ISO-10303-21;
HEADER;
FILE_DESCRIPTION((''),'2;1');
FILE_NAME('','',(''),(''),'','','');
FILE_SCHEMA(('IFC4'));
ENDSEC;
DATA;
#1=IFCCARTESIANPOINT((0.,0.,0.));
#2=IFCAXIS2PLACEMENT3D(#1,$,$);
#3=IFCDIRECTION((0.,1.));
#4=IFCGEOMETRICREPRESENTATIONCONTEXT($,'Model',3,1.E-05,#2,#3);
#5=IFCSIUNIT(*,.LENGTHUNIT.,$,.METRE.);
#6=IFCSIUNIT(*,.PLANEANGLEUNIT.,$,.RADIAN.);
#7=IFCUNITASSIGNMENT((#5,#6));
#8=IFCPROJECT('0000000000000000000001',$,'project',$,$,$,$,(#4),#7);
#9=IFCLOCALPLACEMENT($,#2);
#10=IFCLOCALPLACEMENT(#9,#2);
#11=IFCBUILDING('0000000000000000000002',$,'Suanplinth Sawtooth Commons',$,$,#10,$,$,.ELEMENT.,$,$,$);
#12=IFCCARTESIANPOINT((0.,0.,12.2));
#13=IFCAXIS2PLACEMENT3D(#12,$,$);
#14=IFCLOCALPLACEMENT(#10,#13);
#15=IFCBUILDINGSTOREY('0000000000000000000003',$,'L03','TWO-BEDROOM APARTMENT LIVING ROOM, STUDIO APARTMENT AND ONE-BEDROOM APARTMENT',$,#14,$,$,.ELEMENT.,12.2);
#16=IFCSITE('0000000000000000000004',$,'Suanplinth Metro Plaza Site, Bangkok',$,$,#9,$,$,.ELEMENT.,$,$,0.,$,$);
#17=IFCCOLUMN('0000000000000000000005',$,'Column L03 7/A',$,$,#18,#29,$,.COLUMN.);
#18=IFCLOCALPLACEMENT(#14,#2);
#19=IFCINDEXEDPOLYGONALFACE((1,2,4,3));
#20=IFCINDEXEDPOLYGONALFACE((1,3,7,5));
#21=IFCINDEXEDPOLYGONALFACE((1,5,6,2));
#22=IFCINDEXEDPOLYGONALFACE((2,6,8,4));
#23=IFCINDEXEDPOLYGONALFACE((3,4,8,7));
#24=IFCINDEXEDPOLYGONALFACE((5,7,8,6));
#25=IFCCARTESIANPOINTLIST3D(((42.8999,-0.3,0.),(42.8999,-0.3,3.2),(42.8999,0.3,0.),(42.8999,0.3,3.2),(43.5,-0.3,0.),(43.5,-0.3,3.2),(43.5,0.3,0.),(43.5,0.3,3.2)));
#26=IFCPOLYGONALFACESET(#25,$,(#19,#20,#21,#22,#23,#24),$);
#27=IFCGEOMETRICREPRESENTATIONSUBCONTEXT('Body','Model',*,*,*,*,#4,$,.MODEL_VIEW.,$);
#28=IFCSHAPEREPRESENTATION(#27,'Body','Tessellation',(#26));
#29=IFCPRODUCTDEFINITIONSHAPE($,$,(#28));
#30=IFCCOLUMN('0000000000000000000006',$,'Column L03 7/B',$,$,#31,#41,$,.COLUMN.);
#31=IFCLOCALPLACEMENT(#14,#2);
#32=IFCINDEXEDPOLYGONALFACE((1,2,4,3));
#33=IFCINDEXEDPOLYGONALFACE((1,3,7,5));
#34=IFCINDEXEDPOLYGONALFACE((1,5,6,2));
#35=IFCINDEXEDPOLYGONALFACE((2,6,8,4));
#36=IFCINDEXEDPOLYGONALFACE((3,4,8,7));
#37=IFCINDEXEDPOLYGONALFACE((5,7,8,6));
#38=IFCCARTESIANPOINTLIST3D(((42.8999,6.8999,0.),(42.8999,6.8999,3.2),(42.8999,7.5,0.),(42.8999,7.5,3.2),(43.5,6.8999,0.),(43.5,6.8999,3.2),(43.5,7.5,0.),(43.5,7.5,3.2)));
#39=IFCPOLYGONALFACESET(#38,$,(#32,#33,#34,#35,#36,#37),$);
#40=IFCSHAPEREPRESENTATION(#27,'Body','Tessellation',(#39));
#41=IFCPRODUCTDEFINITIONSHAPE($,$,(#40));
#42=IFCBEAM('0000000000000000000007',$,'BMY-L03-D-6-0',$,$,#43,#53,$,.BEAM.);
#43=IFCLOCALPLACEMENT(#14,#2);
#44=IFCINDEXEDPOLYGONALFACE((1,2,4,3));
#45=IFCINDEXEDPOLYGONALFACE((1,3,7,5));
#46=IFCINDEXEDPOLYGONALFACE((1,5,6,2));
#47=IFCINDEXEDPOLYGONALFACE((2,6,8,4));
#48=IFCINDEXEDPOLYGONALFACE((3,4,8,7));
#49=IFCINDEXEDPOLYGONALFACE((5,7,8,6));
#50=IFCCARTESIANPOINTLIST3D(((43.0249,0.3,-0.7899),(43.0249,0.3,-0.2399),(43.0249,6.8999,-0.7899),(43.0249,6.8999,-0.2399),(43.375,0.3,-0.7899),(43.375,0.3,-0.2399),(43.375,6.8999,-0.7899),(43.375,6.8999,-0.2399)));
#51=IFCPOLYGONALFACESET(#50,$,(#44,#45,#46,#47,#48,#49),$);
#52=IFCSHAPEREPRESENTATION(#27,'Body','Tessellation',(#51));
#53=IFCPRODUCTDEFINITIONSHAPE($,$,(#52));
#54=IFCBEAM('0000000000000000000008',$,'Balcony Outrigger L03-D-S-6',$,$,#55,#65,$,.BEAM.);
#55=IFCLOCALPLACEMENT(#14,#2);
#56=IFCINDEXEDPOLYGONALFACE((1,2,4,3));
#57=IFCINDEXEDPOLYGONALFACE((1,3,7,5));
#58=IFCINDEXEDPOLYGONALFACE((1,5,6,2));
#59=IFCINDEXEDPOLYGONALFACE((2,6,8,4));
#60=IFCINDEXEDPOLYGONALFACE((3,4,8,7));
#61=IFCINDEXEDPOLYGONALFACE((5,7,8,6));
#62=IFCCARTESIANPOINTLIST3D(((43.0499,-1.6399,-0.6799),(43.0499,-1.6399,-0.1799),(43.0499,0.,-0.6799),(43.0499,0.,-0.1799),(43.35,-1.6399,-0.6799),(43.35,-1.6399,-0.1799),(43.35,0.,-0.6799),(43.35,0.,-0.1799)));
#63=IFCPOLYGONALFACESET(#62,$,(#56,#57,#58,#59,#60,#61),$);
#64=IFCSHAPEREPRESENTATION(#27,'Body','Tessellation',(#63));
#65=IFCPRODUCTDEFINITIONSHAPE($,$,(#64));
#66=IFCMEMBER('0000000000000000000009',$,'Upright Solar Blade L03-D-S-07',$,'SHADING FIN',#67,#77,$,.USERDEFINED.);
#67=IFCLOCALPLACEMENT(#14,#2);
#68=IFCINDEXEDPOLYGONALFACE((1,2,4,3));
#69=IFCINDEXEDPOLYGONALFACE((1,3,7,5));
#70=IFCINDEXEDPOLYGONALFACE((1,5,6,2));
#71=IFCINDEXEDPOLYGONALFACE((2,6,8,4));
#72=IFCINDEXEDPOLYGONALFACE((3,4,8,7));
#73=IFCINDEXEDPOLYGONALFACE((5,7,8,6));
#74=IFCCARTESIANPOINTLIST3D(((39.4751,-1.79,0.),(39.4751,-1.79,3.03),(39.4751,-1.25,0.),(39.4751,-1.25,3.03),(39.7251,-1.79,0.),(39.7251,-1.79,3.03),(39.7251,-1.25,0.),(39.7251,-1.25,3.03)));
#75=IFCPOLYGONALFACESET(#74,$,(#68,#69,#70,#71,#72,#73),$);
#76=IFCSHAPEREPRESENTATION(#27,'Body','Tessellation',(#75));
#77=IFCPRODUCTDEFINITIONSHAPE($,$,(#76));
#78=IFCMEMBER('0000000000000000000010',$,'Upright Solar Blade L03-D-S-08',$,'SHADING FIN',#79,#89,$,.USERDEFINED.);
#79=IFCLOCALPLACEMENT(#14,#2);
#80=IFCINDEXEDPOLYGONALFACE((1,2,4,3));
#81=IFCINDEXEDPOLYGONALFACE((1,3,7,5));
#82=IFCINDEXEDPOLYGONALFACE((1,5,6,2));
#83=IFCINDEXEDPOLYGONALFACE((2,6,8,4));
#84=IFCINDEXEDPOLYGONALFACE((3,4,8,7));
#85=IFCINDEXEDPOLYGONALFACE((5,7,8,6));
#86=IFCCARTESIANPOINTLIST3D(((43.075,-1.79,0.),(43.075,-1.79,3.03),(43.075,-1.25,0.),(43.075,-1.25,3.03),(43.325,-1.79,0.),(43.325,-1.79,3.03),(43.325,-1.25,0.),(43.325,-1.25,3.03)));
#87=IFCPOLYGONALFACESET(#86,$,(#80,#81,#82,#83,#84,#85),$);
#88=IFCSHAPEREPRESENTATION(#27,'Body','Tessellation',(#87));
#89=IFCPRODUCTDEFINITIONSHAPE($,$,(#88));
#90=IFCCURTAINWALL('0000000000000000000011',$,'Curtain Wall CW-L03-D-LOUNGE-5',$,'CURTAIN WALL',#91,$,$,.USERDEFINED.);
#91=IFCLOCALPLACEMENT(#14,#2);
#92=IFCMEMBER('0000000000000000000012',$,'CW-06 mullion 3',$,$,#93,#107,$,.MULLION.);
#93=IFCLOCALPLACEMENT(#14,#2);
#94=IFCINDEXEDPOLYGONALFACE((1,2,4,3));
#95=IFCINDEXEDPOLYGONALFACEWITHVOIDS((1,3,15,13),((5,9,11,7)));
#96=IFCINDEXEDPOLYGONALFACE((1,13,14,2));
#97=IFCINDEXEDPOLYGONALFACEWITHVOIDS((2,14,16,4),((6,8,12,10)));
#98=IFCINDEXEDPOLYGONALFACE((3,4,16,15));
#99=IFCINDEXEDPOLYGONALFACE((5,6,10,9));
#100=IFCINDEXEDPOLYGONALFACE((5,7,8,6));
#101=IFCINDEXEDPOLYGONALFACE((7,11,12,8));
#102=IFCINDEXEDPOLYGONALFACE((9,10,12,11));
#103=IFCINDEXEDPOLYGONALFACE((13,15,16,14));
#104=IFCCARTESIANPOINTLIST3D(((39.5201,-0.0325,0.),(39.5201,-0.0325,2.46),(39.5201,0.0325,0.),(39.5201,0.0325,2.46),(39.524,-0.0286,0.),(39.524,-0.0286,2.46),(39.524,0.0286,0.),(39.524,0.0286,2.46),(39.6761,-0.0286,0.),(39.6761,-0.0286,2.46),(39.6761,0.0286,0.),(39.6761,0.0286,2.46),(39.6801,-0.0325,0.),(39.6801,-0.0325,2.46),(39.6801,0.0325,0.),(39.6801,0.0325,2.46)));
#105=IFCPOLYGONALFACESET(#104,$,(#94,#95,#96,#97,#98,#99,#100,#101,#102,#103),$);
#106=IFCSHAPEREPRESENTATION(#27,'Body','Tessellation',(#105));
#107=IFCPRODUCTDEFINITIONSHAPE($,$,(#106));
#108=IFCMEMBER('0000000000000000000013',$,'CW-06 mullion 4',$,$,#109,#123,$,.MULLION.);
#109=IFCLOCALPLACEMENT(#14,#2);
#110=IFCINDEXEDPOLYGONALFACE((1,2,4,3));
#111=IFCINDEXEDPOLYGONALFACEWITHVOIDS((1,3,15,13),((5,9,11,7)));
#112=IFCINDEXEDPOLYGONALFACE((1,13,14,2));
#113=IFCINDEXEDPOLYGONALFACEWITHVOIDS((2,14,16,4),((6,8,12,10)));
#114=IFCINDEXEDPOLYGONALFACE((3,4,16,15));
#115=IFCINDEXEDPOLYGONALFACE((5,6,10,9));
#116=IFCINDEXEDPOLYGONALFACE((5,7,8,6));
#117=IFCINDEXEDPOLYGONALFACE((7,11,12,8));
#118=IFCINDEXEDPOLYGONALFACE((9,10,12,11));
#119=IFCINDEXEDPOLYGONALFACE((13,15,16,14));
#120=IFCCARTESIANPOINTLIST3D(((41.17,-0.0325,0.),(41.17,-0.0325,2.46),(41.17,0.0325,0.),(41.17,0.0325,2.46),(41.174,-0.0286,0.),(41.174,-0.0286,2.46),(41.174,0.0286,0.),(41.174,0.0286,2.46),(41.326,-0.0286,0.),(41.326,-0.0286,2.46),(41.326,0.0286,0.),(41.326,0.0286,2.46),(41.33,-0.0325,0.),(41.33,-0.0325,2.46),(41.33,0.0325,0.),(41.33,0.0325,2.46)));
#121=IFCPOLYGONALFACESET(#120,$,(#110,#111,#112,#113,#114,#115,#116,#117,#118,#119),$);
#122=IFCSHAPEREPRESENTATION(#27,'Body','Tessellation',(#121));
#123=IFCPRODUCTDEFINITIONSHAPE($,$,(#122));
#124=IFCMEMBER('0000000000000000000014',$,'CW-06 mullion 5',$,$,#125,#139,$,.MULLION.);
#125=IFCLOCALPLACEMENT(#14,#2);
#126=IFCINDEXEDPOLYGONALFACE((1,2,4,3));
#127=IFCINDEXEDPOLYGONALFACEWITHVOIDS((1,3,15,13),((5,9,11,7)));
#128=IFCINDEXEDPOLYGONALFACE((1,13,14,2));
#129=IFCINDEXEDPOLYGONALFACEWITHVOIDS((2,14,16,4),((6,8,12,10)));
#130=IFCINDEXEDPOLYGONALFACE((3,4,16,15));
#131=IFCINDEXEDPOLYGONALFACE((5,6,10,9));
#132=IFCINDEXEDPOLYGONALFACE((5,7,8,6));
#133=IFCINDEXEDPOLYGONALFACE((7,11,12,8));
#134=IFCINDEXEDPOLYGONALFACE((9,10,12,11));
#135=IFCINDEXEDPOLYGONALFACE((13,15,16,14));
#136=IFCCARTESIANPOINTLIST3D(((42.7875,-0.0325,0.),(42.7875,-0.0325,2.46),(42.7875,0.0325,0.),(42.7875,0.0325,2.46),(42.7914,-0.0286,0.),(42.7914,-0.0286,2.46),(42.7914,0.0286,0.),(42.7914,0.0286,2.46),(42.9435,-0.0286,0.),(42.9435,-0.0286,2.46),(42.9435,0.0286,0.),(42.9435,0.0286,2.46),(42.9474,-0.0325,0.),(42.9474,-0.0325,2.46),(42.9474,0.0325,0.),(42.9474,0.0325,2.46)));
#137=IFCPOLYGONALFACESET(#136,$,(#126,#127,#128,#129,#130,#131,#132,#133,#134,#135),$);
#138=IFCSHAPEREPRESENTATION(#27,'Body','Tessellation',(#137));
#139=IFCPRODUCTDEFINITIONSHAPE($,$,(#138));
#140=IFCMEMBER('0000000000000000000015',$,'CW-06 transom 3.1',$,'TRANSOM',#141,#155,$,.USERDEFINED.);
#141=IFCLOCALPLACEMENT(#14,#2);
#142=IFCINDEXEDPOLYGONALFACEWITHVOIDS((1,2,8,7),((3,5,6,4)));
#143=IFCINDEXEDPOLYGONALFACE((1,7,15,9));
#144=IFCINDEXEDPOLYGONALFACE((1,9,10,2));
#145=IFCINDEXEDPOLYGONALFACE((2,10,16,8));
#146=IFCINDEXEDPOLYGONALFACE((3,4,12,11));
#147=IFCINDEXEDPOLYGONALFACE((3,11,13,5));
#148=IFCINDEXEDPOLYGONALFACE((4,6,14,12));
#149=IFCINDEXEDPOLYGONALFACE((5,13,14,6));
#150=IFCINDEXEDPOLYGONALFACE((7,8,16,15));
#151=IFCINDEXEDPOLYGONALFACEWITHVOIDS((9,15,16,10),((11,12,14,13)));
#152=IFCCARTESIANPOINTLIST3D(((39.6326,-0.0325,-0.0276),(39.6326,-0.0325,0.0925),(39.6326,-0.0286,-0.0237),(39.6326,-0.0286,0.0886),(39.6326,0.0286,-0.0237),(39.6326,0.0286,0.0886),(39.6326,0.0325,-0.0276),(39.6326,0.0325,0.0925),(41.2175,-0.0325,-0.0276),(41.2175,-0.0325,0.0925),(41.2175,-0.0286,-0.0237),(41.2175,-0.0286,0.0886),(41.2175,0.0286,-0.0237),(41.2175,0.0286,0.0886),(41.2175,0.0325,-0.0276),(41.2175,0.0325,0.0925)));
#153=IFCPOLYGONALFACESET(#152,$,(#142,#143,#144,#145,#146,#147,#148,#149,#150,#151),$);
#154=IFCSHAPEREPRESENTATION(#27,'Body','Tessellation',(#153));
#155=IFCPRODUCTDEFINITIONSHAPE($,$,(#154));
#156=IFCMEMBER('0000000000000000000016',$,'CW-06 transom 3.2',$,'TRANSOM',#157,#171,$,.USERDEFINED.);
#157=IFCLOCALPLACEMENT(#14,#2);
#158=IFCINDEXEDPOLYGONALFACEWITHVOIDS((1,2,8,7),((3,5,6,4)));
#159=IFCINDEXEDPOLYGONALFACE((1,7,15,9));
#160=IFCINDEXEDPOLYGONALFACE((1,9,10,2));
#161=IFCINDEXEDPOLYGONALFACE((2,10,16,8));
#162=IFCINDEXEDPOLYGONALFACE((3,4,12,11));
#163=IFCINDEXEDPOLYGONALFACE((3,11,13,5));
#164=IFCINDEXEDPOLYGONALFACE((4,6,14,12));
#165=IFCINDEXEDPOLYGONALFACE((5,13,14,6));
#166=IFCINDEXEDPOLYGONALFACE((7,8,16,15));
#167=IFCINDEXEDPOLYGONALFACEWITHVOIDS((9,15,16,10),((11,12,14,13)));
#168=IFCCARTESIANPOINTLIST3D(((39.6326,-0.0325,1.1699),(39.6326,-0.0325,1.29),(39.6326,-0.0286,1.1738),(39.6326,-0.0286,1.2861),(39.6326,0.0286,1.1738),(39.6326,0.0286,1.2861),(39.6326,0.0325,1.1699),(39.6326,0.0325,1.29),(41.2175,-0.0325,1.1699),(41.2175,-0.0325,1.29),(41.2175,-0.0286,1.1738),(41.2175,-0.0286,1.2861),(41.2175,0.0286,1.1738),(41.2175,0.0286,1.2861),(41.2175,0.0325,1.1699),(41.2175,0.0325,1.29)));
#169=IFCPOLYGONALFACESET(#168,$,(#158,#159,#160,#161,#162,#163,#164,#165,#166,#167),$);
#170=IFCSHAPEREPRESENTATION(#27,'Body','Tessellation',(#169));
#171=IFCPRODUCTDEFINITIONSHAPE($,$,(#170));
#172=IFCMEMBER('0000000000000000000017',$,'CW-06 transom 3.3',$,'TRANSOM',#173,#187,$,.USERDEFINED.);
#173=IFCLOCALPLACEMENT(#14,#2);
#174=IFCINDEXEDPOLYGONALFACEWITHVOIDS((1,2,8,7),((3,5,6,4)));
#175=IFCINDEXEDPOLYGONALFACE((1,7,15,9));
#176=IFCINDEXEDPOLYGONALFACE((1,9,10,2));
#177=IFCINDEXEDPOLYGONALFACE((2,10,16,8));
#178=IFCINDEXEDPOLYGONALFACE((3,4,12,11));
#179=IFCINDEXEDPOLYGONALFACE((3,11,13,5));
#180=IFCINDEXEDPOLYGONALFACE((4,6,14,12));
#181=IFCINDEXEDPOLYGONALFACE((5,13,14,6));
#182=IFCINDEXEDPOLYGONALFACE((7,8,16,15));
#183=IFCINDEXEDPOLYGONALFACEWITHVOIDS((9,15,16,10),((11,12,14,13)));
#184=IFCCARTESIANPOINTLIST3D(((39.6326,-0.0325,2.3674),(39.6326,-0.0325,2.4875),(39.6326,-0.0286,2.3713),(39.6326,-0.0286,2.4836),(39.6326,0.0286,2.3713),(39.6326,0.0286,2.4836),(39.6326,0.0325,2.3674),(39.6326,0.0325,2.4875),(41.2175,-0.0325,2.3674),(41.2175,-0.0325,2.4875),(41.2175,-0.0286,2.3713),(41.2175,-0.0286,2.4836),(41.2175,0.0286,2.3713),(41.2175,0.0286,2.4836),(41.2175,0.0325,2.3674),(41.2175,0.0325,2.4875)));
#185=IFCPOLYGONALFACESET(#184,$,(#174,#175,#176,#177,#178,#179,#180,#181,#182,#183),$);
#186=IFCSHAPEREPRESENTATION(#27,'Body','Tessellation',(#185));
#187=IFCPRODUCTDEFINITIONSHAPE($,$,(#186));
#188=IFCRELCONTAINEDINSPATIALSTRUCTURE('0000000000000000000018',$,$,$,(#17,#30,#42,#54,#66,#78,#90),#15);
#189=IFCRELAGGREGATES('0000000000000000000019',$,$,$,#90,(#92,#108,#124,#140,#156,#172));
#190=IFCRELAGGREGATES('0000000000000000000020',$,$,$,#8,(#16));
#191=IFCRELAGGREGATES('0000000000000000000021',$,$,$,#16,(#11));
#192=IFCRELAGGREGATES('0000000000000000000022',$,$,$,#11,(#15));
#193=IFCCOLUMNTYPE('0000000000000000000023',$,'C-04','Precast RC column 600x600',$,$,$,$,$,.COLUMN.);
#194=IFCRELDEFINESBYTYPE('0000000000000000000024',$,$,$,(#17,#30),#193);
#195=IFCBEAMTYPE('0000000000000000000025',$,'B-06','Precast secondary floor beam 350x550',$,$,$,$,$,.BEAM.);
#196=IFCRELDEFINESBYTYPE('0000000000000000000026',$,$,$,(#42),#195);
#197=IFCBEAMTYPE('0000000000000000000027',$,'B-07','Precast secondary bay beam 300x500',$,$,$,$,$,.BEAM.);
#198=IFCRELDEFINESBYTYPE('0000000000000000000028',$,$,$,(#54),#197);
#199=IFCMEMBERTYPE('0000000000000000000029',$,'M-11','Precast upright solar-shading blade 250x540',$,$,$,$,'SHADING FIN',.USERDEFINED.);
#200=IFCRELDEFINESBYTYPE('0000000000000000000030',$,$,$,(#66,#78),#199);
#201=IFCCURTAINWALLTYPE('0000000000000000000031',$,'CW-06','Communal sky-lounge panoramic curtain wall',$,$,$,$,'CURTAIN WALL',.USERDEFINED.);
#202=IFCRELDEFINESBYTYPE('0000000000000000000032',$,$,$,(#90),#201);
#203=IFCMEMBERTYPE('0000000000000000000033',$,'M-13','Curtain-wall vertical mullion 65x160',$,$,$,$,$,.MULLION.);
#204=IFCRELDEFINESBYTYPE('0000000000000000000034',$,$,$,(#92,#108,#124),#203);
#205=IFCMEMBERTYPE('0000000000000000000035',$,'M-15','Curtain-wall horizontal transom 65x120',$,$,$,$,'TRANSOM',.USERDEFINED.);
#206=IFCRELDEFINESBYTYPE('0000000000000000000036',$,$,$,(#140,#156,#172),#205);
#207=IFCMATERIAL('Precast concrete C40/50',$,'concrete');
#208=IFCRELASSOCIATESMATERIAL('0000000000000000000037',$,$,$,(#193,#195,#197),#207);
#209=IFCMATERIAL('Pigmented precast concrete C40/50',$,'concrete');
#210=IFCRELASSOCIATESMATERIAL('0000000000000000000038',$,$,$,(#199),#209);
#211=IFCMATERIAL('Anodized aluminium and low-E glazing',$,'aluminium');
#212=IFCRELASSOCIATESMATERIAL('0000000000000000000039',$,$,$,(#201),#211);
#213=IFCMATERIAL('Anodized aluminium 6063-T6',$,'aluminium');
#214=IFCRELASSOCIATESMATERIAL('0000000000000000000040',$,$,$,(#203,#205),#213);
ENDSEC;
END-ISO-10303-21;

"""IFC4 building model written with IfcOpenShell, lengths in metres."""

from ifc_helpers import new_model, si_unit, direction, frame, origin, origin_2d, place, context, subcontext, project, spatial, rectangle, hollow_rectangle, extrude, material, material_profile, profile_set, type_object, element, aggregate, save


model = new_model("IFC4")

# Units and contexts
model_context = context("Model", 3, precision=1e-05, world=origin(), true_north=direction((0.0, 1.0)))
body_context = subcontext(model_context, "Body", "Model", "MODEL_VIEW")
ifc_project = project(units=[si_unit("LENGTHUNIT", "METRE"), si_unit("PLANEANGLEUNIT", "RADIAN")], contexts=[model_context])

# Site, building, storey
site_placement = place(None, origin())
site = spatial("IfcSite", under=ifc_project, at=site_placement, Name="Suanplinth Metro Plaza Site, Bangkok", CompositionType="ELEMENT", RefElevation=0.0)
building_placement = place(site_placement, origin())
building = spatial("IfcBuilding", under=site, at=building_placement, Name="Suanplinth Sawtooth Commons", CompositionType="ELEMENT")
storey_placement = place(building_placement, frame((0.0, 0.0, 12.2)))
storey = spatial("IfcBuildingStorey", under=building, at=storey_placement, Name="L03", Description="TWO-BEDROOM APARTMENT LIVING ROOM, STUDIO APARTMENT AND ONE-BEDROOM APARTMENT", CompositionType="ELEMENT", Elevation=12.2)

# Columns
ifc_material_1 = material(Name="Precast concrete C40/50", Category="concrete")
ifc_material_profile_1 = material_profile(ifc_material_1, rectangle(XDim=0.6001, YDim=0.6001, at=origin_2d()), Name="PC-COL 600x600")
ifc_profile_set_1 = profile_set([ifc_material_profile_1], Name="Precast concrete C40/50")
column_type = type_object("IfcColumnType", Name="C-04", Description="Precast RC column 600x600", PredefinedType="COLUMN", material=ifc_profile_set_1)
for number, where, z_axis, x_axis, name in (
    (1, (43.2, 0.0, 0.0), (0.0, 0.0, 1.0), (1.0, 0.0, 0.0), "Column L03 7/A"),
    (2, (43.2, 7.2, 0.0), (0.0, 0.0, 1.0), (1.0, 0.0, 0.0), "Column L03 7/B"),
):
    element("IfcColumn", number, at=place(storey_placement, frame(where, z_axis=z_axis, x_axis=x_axis)), inside=storey, type_object=column_type, Name=name, PredefinedType="COLUMN", context=body_context, shape_type="SweptSolid", body=[
        extrude(rectangle(XDim=0.6001, YDim=0.6001, at=origin_2d()), origin(), (0.0, 0.0, 1.0), 3.2),
    ])

# Beams
ifc_material_profile_2 = material_profile(ifc_material_1, rectangle(XDim=0.3501, YDim=0.55, at=origin_2d()), Name="PC-BM 350x550")
ifc_profile_set_2 = profile_set([ifc_material_profile_2], Name="Precast concrete C40/50")
beam_type_1 = type_object("IfcBeamType", Name="B-06", Description="Precast secondary floor beam 350x550", PredefinedType="BEAM", material=ifc_profile_set_2)
beam_1_placement = place(storey_placement, frame((43.2, 0.3, -0.5149), z_axis=(0.0, 1.0, 0.0), x_axis=(-1.0, 0.0, 0.0)))
element("IfcBeam", 3, at=beam_1_placement, inside=storey, type_object=beam_type_1, Name="BMY-L03-D-6-0", PredefinedType="BEAM", context=body_context, shape_type="SweptSolid", body=[
    extrude(rectangle(XDim=0.3501, YDim=0.55, at=origin_2d()), origin(), (0.0, 0.0, 1.0), 6.5999),
])
ifc_material_profile_3 = material_profile(ifc_material_1, rectangle(XDim=0.3, YDim=0.5, at=origin_2d()), Name="PC-BM 300x500")
ifc_profile_set_3 = profile_set([ifc_material_profile_3], Name="Precast concrete C40/50")
beam_type_2 = type_object("IfcBeamType", Name="B-07", Description="Precast secondary bay beam 300x500", PredefinedType="BEAM", material=ifc_profile_set_3)
beam_2_placement = place(storey_placement, frame((43.2, 0.0, -0.4299), z_axis=(0.0, -1.0, 0.0), x_axis=(1.0, 0.0, 0.0)))
element("IfcBeam", 4, at=beam_2_placement, inside=storey, type_object=beam_type_2, Name="Balcony Outrigger L03-D-S-6", PredefinedType="BEAM", context=body_context, shape_type="SweptSolid", body=[
    extrude(rectangle(XDim=0.3, YDim=0.5, at=origin_2d()), origin(), (0.0, 0.0, 1.0), 1.6399),
])

# Members
ifc_material_2 = material(Name="Pigmented precast concrete C40/50", Category="concrete")
ifc_material_profile_4 = material_profile(ifc_material_2, rectangle(XDim=0.25, YDim=0.54, at=origin_2d()), Name="PC-FIN 250x540")
ifc_profile_set_4 = profile_set([ifc_material_profile_4], Name="Pigmented precast concrete C40/50")
member_type_1 = type_object("IfcMemberType", Name="M-11", Description="Precast upright solar-shading blade 250x540", ElementType="SHADING FIN", PredefinedType="USERDEFINED", material=ifc_profile_set_4)
for number, where, z_axis, x_axis, name in (
    (5, (39.6001, -1.52, 0.0), (0.0, 0.0, 1.0), (1.0, 0.0, 0.0), "Upright Solar Blade L03-D-S-07"),
    (6, (43.2, -1.52, 0.0), (0.0, 0.0, 1.0), (1.0, 0.0, 0.0), "Upright Solar Blade L03-D-S-08"),
):
    element("IfcMember", number, at=place(storey_placement, frame(where, z_axis=z_axis, x_axis=x_axis)), inside=storey, type_object=member_type_1, Name=name, ObjectType="SHADING FIN", PredefinedType="USERDEFINED", context=body_context, shape_type="SweptSolid", body=[
        extrude(rectangle(XDim=0.25, YDim=0.54, at=origin_2d()), origin(), (0.0, 0.0, 1.0), 3.03),
    ])

# Curtain wall, members
ifc_material_3 = material(Name="Anodized aluminium and low-E glazing", Category="aluminium")
curtain_wall_type = type_object("IfcCurtainWallType", Name="CW-06", Description="Communal sky-lounge panoramic curtain wall", ElementType="CURTAIN WALL", PredefinedType="USERDEFINED", material=ifc_material_3)
curtain_wall_placement = place(storey_placement, origin())
curtain_wall = element("IfcCurtainWall", 7, at=curtain_wall_placement, inside=storey, type_object=curtain_wall_type, Name="Curtain Wall CW-L03-D-LOUNGE-5", ObjectType="CURTAIN WALL", PredefinedType="USERDEFINED")
ifc_material_4 = material(Name="Anodized aluminium 6063-T6", Category="aluminium")
ifc_material_profile_5 = material_profile(ifc_material_4, hollow_rectangle(XDim=0.0649, YDim=0.1599, WallThickness=0.0039, at=origin_2d()), Name="ALU-MUL 65x160")
ifc_profile_set_5 = profile_set([ifc_material_profile_5], Name="Anodized aluminium 6063-T6")
member_type_2 = type_object("IfcMemberType", Name="M-13", Description="Curtain-wall vertical mullion 65x160", PredefinedType="MULLION", material=ifc_profile_set_5)
member_1_placement = place(storey_placement, frame((39.6001, 0.0, 0.0), z_axis=(0.0, 0.0, 1.0), x_axis=(0.0, 1.0, 0.0)))
member_1 = element("IfcMember", 8, at=member_1_placement, type_object=member_type_2, Name="CW-06 mullion 3", PredefinedType="MULLION", context=body_context, shape_type="SweptSolid", body=[
    extrude(hollow_rectangle(XDim=0.0649, YDim=0.1599, WallThickness=0.0039, at=origin_2d()), origin(), (0.0, 0.0, 1.0), 2.46),
])
member_2_placement = place(storey_placement, frame((41.25, 0.0, 0.0), z_axis=(0.0, 0.0, 1.0), x_axis=(0.0, 1.0, 0.0)))
member_2 = element("IfcMember", 9, at=member_2_placement, type_object=member_type_2, Name="CW-06 mullion 4", PredefinedType="MULLION", context=body_context, shape_type="SweptSolid", body=[
    extrude(hollow_rectangle(XDim=0.0649, YDim=0.1599, WallThickness=0.0039, at=origin_2d()), origin(), (0.0, 0.0, 1.0), 2.46),
])
member_3_placement = place(storey_placement, frame((42.8674, 0.0, 0.0), z_axis=(0.0, 0.0, 1.0), x_axis=(0.0, 1.0, 0.0)))
member_3 = element("IfcMember", 10, at=member_3_placement, type_object=member_type_2, Name="CW-06 mullion 5", PredefinedType="MULLION", context=body_context, shape_type="SweptSolid", body=[
    extrude(hollow_rectangle(XDim=0.0649, YDim=0.1599, WallThickness=0.0039, at=origin_2d()), origin(), (0.0, 0.0, 1.0), 2.46),
])
ifc_material_profile_6 = material_profile(ifc_material_4, hollow_rectangle(XDim=0.0649, YDim=0.1201, WallThickness=0.0039, at=origin_2d()), Name="ALU-TRN 65x120")
ifc_profile_set_6 = profile_set([ifc_material_profile_6], Name="Anodized aluminium 6063-T6")
member_type_3 = type_object("IfcMemberType", Name="M-15", Description="Curtain-wall horizontal transom 65x120", ElementType="TRANSOM", PredefinedType="USERDEFINED", material=ifc_profile_set_6)
member_4_placement = place(storey_placement, frame((39.6326, 0.0, 0.0325), z_axis=(1.0, 0.0, 0.0), x_axis=(0.0, 1.0, 0.0)))
member_4 = element("IfcMember", 11, at=member_4_placement, type_object=member_type_3, Name="CW-06 transom 3.1", ObjectType="TRANSOM", PredefinedType="USERDEFINED", context=body_context, shape_type="SweptSolid", body=[
    extrude(hollow_rectangle(XDim=0.0649, YDim=0.1201, WallThickness=0.0039, at=origin_2d()), origin(), (0.0, 0.0, 1.0), 1.585),
])
member_5_placement = place(storey_placement, frame((39.6326, 0.0, 1.23), z_axis=(1.0, 0.0, 0.0), x_axis=(0.0, 1.0, 0.0)))
member_5 = element("IfcMember", 12, at=member_5_placement, type_object=member_type_3, Name="CW-06 transom 3.2", ObjectType="TRANSOM", PredefinedType="USERDEFINED", context=body_context, shape_type="SweptSolid", body=[
    extrude(hollow_rectangle(XDim=0.0649, YDim=0.1201, WallThickness=0.0039, at=origin_2d()), origin(), (0.0, 0.0, 1.0), 1.585),
])
member_6_placement = place(storey_placement, frame((39.6326, 0.0, 2.4275), z_axis=(1.0, 0.0, 0.0), x_axis=(0.0, 1.0, 0.0)))
member_6 = element("IfcMember", 13, at=member_6_placement, type_object=member_type_3, Name="CW-06 transom 3.3", ObjectType="TRANSOM", PredefinedType="USERDEFINED", context=body_context, shape_type="SweptSolid", body=[
    extrude(hollow_rectangle(XDim=0.0649, YDim=0.1201, WallThickness=0.0039, at=origin_2d()), origin(), (0.0, 0.0, 1.0), 1.585),
])
aggregate(curtain_wall, [member_1, member_2, member_3, member_4, member_5, member_6])

save(model, "model.ifc")
